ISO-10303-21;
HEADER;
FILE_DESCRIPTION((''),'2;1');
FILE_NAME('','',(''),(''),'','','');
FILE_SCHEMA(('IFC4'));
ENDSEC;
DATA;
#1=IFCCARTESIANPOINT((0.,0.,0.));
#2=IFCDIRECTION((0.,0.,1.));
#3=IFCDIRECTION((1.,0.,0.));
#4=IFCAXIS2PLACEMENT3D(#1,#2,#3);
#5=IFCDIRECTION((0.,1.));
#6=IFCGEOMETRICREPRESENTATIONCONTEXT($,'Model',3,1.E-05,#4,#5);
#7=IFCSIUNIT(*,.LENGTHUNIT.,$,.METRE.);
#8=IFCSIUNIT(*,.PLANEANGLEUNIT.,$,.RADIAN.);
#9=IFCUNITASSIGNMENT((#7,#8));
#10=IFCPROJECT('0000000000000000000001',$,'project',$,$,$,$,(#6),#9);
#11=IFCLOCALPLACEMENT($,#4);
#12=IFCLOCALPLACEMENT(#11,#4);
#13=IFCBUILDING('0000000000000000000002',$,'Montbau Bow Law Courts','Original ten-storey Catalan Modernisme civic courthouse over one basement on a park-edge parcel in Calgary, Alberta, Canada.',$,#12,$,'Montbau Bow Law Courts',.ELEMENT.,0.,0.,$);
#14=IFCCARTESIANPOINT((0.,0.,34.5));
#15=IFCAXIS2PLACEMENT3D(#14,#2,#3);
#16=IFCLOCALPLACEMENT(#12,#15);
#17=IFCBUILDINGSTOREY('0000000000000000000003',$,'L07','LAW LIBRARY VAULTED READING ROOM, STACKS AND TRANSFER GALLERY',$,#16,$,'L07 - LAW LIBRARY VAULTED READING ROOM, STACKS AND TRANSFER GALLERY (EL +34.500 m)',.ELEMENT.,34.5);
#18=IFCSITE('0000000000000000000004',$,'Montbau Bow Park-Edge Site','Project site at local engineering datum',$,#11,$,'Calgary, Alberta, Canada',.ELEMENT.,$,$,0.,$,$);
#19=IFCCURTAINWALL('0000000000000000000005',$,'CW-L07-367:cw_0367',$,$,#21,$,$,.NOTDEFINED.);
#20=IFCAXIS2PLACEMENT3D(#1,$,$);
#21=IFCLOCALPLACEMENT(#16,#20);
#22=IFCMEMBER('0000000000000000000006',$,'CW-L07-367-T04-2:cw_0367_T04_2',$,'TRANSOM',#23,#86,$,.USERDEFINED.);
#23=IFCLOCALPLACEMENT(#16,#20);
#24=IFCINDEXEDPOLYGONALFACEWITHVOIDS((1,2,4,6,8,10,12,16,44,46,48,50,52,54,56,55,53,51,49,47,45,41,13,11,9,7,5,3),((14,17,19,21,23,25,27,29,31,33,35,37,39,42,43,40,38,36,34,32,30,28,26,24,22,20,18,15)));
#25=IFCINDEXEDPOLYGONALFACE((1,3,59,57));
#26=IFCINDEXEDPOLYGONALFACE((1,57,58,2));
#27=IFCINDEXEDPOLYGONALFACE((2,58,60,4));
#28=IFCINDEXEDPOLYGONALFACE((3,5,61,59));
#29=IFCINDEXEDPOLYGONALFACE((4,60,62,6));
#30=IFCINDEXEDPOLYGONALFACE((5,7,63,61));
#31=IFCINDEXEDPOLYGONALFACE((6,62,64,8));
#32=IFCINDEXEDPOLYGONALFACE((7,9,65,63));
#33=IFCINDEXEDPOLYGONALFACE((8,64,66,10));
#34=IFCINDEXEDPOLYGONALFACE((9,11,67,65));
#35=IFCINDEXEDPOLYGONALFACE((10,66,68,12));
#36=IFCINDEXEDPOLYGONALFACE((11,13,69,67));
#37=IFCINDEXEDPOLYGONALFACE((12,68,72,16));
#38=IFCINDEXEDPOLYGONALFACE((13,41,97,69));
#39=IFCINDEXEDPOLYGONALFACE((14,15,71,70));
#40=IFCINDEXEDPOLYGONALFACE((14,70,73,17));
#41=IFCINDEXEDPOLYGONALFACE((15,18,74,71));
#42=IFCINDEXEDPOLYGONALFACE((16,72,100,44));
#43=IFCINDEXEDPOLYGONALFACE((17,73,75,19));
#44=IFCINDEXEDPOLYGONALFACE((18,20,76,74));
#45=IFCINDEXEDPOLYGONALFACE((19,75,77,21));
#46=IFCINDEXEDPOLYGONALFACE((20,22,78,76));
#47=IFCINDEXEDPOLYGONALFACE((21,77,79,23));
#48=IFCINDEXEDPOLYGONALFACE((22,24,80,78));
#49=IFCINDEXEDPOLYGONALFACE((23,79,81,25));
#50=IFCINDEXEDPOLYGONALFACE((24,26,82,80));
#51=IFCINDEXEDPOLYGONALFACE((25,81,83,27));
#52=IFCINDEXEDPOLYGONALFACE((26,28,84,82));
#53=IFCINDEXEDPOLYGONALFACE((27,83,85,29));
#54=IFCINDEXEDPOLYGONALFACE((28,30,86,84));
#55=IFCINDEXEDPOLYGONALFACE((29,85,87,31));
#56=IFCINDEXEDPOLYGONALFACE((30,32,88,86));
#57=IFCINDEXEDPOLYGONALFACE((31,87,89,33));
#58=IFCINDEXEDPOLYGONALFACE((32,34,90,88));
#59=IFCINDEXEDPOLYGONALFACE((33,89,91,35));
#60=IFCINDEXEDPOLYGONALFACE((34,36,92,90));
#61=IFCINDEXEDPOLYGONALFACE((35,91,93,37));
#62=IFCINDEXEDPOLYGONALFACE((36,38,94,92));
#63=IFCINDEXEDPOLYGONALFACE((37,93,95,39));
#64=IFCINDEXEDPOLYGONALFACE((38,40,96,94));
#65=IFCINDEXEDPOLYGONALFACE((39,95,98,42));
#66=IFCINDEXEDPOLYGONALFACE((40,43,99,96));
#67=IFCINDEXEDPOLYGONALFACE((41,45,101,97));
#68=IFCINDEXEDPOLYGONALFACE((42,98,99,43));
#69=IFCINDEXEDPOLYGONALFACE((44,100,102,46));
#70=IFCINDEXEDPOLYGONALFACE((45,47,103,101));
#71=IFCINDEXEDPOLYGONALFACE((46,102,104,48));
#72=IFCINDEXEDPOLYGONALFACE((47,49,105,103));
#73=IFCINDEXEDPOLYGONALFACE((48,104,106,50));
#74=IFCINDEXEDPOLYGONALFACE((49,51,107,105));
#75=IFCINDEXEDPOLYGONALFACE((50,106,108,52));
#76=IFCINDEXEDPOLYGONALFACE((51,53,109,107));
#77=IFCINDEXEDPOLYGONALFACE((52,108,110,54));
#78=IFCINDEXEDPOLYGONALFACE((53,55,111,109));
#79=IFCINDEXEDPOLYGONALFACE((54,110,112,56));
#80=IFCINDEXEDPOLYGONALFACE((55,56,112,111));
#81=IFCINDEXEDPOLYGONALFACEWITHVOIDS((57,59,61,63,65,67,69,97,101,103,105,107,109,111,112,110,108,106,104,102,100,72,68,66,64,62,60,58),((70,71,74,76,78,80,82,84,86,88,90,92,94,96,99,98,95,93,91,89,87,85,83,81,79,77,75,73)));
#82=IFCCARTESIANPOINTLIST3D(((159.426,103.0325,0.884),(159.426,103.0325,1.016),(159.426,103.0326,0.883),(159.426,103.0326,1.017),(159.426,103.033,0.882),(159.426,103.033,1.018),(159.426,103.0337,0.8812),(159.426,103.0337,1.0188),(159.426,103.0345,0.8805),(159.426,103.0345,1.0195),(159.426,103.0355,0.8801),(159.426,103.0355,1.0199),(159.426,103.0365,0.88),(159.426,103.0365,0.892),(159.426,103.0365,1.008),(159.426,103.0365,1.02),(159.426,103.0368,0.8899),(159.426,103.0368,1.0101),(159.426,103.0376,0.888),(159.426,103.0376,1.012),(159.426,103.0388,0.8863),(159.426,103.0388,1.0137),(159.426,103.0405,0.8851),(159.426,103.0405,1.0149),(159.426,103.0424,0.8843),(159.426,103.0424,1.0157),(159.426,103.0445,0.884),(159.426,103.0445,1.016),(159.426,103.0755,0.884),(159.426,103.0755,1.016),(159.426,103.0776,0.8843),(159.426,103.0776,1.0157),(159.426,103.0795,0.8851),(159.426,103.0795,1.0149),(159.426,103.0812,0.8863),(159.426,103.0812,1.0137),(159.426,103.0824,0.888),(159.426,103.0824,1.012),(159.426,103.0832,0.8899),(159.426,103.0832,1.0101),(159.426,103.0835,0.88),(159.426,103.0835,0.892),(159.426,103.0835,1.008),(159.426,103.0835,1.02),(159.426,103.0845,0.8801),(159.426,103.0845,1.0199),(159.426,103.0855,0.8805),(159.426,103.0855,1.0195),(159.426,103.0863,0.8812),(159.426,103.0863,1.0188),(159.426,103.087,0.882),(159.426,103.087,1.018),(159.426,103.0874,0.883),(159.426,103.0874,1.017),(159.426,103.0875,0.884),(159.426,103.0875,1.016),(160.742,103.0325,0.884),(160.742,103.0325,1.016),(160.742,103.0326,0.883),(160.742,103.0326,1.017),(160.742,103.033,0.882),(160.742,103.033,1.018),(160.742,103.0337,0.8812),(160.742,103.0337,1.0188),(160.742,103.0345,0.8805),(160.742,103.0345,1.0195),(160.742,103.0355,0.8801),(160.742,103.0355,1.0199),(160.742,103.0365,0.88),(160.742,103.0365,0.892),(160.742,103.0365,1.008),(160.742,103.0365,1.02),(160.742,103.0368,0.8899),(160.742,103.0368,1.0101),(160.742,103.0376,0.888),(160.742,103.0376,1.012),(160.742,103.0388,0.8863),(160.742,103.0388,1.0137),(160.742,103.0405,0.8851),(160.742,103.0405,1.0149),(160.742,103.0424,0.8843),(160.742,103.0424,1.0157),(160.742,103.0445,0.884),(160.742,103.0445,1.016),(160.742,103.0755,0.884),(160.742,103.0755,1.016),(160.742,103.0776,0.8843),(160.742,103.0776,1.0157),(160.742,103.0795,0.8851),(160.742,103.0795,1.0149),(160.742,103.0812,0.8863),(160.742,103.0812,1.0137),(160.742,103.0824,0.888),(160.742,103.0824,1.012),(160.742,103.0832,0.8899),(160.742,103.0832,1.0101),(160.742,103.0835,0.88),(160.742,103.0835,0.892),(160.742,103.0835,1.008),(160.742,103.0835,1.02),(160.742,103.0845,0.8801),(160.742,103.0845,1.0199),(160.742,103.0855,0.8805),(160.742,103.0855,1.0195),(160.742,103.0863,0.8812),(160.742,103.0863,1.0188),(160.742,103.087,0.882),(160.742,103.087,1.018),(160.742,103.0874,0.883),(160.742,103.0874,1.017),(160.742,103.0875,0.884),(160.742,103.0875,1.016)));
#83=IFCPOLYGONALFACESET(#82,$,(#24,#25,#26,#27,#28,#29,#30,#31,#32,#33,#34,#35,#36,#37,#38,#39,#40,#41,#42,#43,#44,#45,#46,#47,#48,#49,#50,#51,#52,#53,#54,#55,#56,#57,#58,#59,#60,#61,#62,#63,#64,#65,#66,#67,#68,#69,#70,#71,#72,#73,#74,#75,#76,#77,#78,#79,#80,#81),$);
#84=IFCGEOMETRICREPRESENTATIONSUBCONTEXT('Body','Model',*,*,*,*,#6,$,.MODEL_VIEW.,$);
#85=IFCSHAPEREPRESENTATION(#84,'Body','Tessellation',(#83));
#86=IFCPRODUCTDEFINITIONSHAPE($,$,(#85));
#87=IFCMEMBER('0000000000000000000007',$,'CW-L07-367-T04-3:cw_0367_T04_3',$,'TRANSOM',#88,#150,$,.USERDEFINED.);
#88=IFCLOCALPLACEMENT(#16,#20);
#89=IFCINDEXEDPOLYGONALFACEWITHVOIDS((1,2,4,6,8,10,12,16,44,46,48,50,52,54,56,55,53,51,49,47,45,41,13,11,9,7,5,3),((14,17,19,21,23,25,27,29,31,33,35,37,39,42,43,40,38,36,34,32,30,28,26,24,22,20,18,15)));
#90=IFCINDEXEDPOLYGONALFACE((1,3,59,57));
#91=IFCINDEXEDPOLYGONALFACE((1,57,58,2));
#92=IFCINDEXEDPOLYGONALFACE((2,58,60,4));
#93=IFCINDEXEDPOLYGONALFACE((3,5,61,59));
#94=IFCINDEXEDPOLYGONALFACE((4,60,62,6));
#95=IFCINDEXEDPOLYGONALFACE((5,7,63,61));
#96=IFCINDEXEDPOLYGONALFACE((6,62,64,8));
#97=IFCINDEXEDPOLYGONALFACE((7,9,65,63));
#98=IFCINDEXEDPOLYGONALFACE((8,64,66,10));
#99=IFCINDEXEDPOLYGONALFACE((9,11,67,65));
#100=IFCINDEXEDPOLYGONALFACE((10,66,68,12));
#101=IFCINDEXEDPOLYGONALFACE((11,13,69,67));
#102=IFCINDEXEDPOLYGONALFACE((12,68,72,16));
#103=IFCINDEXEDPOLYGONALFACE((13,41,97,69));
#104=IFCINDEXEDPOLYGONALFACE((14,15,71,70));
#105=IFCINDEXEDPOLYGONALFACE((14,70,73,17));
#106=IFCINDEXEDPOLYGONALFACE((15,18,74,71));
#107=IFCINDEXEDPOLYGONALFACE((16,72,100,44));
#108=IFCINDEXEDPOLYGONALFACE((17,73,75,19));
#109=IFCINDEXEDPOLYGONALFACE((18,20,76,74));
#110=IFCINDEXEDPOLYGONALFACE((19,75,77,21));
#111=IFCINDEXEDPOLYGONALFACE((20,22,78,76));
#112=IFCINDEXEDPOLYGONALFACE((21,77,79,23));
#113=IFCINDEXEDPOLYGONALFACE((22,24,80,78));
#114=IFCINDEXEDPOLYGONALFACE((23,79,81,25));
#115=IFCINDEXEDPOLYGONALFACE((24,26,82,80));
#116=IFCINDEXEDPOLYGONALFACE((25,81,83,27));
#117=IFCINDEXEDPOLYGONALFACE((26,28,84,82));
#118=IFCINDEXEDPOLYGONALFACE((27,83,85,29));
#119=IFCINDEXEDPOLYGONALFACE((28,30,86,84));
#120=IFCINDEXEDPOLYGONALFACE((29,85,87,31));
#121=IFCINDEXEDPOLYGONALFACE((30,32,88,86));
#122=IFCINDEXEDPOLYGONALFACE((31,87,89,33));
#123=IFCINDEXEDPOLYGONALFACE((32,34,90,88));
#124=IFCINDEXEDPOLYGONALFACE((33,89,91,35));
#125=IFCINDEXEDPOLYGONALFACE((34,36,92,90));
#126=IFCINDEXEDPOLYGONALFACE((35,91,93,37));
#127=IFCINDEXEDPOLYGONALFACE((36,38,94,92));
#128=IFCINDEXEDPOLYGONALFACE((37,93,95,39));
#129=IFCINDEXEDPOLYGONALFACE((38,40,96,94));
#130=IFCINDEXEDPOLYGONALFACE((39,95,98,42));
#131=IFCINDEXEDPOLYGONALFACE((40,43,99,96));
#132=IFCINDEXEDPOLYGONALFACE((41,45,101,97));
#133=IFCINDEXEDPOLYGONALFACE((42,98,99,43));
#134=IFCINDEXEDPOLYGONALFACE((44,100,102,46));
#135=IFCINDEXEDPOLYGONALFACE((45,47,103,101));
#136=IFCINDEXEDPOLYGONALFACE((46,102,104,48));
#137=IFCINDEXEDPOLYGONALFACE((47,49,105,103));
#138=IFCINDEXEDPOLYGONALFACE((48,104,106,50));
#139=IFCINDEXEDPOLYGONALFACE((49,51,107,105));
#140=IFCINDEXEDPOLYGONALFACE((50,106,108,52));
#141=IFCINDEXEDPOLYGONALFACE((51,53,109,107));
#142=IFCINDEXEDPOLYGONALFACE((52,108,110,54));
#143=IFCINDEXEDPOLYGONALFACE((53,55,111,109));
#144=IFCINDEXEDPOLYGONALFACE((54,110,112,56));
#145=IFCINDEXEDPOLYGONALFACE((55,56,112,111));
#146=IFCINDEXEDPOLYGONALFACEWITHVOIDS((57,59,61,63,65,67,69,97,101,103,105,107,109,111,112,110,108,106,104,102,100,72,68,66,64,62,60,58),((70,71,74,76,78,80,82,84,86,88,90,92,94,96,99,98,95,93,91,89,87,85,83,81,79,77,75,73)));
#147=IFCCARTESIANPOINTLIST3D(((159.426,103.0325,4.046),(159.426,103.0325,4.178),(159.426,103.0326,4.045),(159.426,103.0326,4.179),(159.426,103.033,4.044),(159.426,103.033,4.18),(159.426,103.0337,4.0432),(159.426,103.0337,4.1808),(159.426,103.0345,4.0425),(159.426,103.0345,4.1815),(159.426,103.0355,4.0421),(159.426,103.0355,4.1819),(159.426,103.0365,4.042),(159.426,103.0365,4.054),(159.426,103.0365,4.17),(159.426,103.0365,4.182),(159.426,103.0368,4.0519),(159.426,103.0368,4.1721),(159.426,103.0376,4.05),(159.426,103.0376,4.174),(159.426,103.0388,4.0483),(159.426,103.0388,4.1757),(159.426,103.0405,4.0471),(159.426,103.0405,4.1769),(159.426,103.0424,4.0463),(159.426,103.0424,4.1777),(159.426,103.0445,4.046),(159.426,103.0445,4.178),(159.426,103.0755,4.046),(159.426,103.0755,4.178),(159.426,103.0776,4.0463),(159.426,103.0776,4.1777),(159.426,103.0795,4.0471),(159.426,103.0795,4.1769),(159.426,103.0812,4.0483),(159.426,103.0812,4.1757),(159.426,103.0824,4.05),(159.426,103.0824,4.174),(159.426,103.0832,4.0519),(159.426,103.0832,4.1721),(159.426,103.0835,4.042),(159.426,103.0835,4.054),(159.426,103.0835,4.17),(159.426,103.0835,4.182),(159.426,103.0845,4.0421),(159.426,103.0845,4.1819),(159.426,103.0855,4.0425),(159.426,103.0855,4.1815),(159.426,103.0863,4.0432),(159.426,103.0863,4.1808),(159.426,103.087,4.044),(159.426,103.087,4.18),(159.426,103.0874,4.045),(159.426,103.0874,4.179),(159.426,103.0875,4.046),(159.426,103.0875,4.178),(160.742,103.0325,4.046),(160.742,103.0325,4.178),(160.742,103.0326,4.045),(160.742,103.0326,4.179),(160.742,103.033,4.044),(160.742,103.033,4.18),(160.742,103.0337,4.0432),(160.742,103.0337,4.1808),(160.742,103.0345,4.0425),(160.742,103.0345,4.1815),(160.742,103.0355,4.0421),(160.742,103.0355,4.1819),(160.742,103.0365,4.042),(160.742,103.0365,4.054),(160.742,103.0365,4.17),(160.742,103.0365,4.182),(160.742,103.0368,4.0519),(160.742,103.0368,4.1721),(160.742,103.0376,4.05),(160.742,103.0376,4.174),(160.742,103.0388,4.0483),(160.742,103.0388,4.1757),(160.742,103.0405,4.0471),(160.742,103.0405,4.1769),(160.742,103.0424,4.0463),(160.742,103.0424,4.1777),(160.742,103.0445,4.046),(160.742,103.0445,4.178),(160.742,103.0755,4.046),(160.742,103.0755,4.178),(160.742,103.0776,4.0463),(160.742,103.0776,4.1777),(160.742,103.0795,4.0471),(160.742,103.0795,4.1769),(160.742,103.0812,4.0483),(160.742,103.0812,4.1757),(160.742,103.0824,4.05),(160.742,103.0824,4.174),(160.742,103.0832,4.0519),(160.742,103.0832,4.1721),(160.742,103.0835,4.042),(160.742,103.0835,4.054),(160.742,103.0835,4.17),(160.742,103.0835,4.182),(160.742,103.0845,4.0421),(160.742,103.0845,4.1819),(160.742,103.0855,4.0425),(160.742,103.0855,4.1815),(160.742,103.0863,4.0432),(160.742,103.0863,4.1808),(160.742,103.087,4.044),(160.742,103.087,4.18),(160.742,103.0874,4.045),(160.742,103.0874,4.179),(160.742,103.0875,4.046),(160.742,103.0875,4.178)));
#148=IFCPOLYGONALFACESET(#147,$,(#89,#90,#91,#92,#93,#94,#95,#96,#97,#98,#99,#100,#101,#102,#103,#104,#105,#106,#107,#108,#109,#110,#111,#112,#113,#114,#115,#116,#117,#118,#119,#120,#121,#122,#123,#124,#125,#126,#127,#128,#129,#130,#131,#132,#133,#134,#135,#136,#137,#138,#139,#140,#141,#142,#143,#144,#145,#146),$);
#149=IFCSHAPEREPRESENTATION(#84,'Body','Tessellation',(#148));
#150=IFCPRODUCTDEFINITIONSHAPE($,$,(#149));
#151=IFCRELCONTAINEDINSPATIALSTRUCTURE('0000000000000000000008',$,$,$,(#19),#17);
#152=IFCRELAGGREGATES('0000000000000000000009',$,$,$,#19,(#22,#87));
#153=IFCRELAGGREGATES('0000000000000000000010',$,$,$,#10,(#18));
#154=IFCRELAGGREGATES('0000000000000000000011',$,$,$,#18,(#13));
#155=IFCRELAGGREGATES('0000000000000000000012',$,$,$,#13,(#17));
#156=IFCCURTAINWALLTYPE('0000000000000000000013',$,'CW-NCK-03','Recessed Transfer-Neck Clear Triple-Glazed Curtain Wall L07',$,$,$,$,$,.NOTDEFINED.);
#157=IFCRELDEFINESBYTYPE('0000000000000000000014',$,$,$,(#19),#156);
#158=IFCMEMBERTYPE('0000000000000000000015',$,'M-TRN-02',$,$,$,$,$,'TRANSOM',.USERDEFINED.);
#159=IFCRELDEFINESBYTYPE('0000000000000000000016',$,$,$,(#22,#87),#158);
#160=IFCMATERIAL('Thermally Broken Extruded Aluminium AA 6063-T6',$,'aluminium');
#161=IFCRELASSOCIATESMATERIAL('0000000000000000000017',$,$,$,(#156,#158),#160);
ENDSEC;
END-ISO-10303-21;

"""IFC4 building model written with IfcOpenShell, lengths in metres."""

from ifc_helpers import new_model, si_unit, direction, frame, origin_with_axes, origin_2d_with_axis, place, context, subcontext, project, spatial, hollow_rectangle, extrude, material, material_profile, profile_set, type_object, element, aggregate, save


model = new_model("IFC4")

# Units and contexts
model_context = context("Model", 3, precision=1e-05, world=origin_with_axes(), true_north=direction((0.0, 1.0)))
body_context = subcontext(model_context, "Body", "Model", "MODEL_VIEW")
ifc_project = project(units=[si_unit("LENGTHUNIT", "METRE"), si_unit("PLANEANGLEUNIT", "RADIAN")], contexts=[model_context])

# Site, building, storey
site_placement = place(None, origin_with_axes())
site = spatial("IfcSite", under=ifc_project, at=site_placement, Name="Montbau Bow Park-Edge Site", Description="Project site at local engineering datum", LongName="Calgary, Alberta, Canada", CompositionType="ELEMENT", RefElevation=0.0)
building_placement = place(site_placement, origin_with_axes())
building = spatial("IfcBuilding", under=site, at=building_placement, Name="Montbau Bow Law Courts", Description="Original ten-storey Catalan Modernisme civic courthouse over one basement on a park-edge parcel in Calgary, Alberta, Canada.", LongName="Montbau Bow Law Courts", CompositionType="ELEMENT", ElevationOfRefHeight=0.0, ElevationOfTerrain=0.0)
storey_placement = place(building_placement, frame((0.0, 0.0, 34.5), z_axis=(0.0, 0.0, 1.0), x_axis=(1.0, 0.0, 0.0)))
storey = spatial("IfcBuildingStorey", under=building, at=storey_placement, Name="L07", Description="LAW LIBRARY VAULTED READING ROOM, STACKS AND TRANSFER GALLERY", LongName="L07 - LAW LIBRARY VAULTED READING ROOM, STACKS AND TRANSFER GALLERY (EL +34.500 m)", CompositionType="ELEMENT", Elevation=34.5)

# Curtain wall, members
ifc_material_1 = material(Name="Thermally Broken Extruded Aluminium AA 6063-T6", Category="aluminium")
curtain_wall_type = type_object("IfcCurtainWallType", Name="CW-NCK-03", Description="Recessed Transfer-Neck Clear Triple-Glazed Curtain Wall L07", PredefinedType="NOTDEFINED", material=ifc_material_1)
curtain_wall_placement = place(None, frame((155.24, 103.06, 34.5), z_axis=(0.0, 0.0, 1.0), x_axis=(1.0, 0.0, 0.0)))
curtain_wall = element("IfcCurtainWall", 1, at=curtain_wall_placement, inside=storey, type_object=curtain_wall_type, Name="CW-L07-367:cw_0367", PredefinedType="NOTDEFINED")
ifc_material_profile_1 = material_profile(ifc_material_1, hollow_rectangle(XDim=0.055, YDim=0.14, WallThickness=0.004, InnerFilletRadius=0.008, OuterFilletRadius=0.004, at=origin_2d_with_axis()), Name="CWT-140X55", Category="Main", Priority=0)
ifc_profile_set_1 = profile_set([ifc_material_profile_1], Name="Thermally Broken Extruded Aluminium AA 6063-T6")
member_type_1 = type_object("IfcMemberType", Name="M-TRN-02", ElementType="TRANSOM", PredefinedType="USERDEFINED", material=ifc_profile_set_1)
member_1_placement = place(None, frame((159.426, 103.06, 35.45), z_axis=(1.0, 0.0, 0.0), x_axis=(0.0, 1.0, 0.0)))
member_1 = element("IfcMember", 2, at=member_1_placement, type_object=member_type_1, Name="CW-L07-367-T04-2:cw_0367_T04_2", ObjectType="TRANSOM", PredefinedType="USERDEFINED", context=body_context, shape_type="SweptSolid", body=[
    extrude(hollow_rectangle(XDim=0.055, YDim=0.14, WallThickness=0.004, InnerFilletRadius=0.008, OuterFilletRadius=0.004, at=origin_2d_with_axis()), origin_with_axes(), (0.0, 0.0, 1.0), 1.316),
])
member_2_placement = place(None, frame((159.426, 103.06, 38.612), z_axis=(1.0, 0.0, 0.0), x_axis=(0.0, 1.0, 0.0)))
member_2 = element("IfcMember", 3, at=member_2_placement, type_object=member_type_1, Name="CW-L07-367-T04-3:cw_0367_T04_3", ObjectType="TRANSOM", PredefinedType="USERDEFINED", context=body_context, shape_type="SweptSolid", body=[
    extrude(hollow_rectangle(XDim=0.055, YDim=0.14, WallThickness=0.004, InnerFilletRadius=0.008, OuterFilletRadius=0.004, at=origin_2d_with_axis()), origin_with_axes(), (0.0, 0.0, 1.0), 1.316),
])
aggregate(curtain_wall, [member_1, member_2])

save(model, "model.ifc")
